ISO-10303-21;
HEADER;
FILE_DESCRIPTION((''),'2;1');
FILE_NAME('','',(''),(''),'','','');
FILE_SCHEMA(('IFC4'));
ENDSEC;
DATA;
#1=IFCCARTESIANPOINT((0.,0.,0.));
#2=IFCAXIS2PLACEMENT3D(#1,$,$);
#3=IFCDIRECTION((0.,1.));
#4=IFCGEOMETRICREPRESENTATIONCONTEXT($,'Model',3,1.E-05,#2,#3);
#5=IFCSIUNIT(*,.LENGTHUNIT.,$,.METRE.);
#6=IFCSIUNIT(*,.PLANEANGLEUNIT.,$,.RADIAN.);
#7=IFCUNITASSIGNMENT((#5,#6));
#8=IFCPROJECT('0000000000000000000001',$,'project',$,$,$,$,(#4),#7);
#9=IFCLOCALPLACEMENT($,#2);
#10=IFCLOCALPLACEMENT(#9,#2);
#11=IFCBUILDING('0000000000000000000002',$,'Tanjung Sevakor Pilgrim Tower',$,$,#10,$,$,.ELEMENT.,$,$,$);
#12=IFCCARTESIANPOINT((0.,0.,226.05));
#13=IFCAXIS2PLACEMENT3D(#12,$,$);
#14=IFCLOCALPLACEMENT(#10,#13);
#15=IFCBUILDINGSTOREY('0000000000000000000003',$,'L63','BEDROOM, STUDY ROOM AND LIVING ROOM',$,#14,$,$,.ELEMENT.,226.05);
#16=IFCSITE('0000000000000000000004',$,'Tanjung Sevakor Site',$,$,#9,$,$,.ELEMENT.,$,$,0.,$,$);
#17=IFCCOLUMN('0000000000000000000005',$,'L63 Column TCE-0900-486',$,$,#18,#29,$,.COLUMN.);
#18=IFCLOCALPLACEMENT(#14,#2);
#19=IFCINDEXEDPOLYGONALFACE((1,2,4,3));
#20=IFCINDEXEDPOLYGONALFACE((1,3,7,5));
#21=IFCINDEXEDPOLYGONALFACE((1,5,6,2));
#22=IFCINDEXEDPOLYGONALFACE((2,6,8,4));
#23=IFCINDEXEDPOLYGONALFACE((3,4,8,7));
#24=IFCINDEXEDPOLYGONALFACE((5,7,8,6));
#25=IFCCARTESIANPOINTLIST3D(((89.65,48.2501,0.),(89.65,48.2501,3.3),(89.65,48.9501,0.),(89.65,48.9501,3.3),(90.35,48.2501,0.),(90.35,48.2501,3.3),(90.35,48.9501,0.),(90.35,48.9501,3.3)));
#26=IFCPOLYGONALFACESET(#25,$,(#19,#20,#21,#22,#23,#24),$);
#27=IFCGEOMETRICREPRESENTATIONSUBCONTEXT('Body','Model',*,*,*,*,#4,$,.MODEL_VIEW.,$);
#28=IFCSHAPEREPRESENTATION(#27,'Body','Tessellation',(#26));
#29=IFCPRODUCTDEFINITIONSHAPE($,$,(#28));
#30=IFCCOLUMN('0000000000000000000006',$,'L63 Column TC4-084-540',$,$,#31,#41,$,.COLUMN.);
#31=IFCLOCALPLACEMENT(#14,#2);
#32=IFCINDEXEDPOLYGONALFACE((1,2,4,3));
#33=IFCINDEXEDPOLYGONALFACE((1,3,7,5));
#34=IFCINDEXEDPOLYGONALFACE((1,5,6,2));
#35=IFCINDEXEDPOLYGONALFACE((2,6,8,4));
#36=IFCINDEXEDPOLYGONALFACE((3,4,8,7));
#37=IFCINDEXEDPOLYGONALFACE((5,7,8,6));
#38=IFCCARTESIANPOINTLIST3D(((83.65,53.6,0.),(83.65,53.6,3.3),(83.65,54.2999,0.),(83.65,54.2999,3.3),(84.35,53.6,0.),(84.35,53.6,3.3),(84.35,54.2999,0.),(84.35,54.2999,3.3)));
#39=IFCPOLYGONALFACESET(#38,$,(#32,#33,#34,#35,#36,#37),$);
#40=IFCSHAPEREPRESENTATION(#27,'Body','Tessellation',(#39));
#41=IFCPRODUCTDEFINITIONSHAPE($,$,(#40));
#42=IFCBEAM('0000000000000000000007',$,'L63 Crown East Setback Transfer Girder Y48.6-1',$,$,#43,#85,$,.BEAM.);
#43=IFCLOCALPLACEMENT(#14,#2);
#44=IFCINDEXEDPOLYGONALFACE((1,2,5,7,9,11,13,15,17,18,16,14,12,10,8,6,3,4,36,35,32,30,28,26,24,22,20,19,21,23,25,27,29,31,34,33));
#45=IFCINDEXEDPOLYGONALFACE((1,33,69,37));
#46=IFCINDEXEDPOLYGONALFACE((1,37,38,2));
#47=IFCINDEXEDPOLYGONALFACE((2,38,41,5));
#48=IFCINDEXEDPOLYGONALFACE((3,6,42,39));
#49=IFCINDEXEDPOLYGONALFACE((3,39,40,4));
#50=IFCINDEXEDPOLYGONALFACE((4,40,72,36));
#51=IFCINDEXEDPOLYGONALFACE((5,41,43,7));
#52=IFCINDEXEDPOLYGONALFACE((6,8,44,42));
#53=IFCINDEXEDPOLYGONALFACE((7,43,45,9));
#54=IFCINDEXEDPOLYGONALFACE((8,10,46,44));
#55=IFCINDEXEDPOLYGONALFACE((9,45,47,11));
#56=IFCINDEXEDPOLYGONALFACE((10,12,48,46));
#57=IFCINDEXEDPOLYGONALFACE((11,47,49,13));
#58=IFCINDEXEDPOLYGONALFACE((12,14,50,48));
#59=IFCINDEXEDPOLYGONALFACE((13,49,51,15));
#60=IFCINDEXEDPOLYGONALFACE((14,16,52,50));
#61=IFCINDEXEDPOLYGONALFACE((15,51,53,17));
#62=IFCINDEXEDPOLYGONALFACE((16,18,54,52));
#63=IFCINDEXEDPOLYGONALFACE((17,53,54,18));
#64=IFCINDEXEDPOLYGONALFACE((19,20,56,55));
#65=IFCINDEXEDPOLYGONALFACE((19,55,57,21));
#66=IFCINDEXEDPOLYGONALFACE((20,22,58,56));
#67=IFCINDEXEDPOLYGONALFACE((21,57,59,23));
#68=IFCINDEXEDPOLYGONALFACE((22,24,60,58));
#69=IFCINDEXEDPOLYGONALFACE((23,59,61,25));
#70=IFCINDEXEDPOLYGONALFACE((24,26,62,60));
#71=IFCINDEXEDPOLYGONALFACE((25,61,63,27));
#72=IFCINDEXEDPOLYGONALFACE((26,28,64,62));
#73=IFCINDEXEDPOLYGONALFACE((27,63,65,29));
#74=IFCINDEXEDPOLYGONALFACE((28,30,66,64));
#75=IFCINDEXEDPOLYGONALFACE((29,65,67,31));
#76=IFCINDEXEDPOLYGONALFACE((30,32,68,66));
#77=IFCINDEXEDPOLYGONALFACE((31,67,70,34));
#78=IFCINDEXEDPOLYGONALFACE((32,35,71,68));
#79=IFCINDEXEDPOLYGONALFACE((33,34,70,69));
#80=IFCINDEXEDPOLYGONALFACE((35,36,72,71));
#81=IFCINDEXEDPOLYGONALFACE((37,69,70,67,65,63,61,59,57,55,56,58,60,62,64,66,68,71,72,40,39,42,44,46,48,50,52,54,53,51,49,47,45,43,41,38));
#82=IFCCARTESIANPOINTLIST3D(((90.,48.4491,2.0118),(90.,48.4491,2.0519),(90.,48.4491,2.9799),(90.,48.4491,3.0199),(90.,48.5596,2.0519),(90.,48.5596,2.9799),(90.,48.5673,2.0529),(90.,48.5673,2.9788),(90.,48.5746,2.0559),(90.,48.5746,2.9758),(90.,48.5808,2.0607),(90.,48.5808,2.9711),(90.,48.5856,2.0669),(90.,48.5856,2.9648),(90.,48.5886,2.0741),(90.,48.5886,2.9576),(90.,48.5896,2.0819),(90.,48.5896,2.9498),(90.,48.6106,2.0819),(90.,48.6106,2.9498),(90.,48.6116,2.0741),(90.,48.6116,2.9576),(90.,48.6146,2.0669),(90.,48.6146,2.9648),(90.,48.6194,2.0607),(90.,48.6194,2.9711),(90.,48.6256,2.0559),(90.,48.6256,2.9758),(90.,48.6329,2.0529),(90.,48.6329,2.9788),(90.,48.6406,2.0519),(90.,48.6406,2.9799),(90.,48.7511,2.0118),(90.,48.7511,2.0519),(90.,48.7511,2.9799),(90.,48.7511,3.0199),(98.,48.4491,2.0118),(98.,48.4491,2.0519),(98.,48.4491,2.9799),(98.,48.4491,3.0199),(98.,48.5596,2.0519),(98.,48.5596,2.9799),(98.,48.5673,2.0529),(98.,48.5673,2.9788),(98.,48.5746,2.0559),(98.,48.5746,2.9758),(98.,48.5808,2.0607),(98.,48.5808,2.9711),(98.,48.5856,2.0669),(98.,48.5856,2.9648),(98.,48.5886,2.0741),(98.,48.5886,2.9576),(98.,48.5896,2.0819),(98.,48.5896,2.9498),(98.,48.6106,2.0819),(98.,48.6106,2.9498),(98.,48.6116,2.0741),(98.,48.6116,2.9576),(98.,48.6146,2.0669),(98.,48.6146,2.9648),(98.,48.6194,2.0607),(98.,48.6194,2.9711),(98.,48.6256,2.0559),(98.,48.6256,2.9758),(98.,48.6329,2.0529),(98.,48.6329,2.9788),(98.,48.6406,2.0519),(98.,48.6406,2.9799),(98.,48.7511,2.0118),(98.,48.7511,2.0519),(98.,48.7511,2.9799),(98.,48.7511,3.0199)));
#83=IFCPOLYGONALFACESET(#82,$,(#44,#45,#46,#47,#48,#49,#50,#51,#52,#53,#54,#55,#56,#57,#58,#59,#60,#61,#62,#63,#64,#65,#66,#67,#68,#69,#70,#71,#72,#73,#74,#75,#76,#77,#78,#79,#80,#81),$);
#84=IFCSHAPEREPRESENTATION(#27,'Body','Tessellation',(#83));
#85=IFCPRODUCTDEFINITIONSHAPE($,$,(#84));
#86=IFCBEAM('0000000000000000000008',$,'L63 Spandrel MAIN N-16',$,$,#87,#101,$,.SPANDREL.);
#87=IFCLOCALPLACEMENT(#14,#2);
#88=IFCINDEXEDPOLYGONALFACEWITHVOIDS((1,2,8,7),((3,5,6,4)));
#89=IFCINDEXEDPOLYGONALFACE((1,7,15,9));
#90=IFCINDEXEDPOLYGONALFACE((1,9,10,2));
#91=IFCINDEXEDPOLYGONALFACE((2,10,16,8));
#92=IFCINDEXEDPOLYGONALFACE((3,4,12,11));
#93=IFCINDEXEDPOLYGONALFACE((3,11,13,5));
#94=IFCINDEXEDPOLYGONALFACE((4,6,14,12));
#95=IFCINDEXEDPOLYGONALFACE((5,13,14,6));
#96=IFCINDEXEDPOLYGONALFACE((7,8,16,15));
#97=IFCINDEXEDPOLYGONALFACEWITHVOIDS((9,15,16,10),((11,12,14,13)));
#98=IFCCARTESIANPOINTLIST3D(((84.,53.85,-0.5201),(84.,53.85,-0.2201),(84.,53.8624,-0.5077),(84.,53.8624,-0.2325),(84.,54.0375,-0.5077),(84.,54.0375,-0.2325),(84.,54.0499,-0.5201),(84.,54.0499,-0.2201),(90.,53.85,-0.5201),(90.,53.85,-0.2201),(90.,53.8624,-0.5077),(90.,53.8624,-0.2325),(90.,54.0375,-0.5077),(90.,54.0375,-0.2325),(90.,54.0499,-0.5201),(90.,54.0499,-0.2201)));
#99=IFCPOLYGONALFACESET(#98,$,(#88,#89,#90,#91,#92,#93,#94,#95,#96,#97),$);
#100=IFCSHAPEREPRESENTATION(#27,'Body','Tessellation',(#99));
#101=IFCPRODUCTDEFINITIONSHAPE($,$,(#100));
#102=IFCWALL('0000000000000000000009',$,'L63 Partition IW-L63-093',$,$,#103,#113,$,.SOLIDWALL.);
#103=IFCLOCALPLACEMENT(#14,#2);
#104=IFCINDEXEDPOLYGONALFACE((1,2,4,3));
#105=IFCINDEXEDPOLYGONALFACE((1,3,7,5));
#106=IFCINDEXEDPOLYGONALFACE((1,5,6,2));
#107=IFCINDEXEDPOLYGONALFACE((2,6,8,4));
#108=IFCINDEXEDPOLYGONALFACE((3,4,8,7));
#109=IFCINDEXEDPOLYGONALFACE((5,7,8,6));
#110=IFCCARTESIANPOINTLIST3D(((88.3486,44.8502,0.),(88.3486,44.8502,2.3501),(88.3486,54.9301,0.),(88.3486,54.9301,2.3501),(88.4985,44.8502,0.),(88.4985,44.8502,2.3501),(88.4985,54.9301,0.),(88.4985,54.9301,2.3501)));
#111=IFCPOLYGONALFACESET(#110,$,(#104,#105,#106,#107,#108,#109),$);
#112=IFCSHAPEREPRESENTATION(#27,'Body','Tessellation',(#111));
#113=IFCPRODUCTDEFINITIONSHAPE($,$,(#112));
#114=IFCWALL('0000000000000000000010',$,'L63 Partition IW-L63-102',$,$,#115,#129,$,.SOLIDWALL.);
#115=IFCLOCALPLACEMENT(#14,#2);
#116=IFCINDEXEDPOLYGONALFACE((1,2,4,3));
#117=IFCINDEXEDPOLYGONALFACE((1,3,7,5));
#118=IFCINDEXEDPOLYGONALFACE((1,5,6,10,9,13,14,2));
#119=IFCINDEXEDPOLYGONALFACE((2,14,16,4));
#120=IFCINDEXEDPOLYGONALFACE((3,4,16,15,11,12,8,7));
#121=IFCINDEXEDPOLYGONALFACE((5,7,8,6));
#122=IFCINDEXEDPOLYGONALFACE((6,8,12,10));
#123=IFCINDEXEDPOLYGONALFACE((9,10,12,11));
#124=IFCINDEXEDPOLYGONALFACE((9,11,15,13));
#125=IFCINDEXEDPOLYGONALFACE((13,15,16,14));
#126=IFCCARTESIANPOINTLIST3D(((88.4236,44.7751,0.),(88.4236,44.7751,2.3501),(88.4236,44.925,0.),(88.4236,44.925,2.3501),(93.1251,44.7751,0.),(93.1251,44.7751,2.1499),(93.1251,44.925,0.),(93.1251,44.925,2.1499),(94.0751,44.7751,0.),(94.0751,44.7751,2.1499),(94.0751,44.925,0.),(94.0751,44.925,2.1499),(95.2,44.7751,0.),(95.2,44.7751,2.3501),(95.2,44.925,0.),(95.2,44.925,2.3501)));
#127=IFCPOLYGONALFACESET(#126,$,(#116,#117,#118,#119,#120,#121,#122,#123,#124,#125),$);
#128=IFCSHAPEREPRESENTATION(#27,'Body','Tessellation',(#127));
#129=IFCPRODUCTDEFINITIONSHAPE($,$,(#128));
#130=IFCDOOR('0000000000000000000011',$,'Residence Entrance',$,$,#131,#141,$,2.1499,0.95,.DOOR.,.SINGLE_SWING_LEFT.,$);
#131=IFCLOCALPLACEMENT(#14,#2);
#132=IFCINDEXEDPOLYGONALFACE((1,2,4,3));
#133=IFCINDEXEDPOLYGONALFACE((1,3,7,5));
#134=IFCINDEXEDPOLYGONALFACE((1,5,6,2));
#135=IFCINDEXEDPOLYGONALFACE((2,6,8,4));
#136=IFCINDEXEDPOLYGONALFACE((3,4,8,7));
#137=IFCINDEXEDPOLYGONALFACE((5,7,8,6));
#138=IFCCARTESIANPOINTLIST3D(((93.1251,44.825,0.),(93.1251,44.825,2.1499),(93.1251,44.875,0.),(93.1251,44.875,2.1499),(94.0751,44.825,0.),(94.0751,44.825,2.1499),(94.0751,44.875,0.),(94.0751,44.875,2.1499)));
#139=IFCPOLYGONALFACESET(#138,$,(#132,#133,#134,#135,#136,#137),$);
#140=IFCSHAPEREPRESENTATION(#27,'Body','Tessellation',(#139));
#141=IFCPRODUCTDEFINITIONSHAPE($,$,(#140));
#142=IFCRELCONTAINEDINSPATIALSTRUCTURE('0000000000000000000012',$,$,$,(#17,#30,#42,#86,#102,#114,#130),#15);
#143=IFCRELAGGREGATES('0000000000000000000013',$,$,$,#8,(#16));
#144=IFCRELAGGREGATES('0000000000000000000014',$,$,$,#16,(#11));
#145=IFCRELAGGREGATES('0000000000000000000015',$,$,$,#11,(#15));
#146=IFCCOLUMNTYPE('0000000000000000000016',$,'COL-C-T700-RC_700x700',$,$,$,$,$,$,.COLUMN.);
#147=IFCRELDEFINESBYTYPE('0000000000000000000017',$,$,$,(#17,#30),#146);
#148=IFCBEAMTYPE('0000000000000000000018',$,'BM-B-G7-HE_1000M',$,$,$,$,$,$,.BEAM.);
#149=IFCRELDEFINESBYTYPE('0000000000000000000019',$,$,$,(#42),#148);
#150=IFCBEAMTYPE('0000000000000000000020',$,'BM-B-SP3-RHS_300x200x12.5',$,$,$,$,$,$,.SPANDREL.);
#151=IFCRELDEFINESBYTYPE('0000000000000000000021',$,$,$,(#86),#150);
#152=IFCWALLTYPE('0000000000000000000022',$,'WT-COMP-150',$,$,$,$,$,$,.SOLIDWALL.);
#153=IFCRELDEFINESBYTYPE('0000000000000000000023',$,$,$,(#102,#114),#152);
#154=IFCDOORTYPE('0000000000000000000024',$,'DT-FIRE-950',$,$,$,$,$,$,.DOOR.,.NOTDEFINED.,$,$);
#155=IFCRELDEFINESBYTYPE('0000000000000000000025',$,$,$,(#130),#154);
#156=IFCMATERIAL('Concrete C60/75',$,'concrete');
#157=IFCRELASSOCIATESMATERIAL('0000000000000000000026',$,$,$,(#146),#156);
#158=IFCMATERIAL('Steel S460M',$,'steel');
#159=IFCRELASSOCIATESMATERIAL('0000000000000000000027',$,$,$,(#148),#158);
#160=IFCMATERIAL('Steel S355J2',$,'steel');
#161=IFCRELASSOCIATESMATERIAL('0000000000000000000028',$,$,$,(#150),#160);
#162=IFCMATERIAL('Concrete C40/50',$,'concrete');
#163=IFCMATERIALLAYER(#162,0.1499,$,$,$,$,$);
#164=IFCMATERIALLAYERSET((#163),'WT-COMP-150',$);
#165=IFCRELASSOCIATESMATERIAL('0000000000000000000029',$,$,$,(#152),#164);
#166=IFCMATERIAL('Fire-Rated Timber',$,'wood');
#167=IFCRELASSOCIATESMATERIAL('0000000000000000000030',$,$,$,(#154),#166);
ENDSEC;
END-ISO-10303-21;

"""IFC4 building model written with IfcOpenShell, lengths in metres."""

from ifc_helpers import new_model, si_unit, direction, frame, frame_2d, origin, origin_2d, place, context, subcontext, project, spatial, rectangle, hollow_rectangle, i_section, extrude, material, layer, layer_set, material_profile, profile_set, type_object, element, fill, save


model = new_model("IFC4")

# Units and contexts
model_context = context("Model", 3, precision=1e-05, world=origin(), true_north=direction((0.0, 1.0)))
body_context = subcontext(model_context, "Body", "Model", "MODEL_VIEW")
ifc_project = project(units=[si_unit("LENGTHUNIT", "METRE"), si_unit("PLANEANGLEUNIT", "RADIAN")], contexts=[model_context])

# Site, building, storey
site_placement = place(None, origin())
site = spatial("IfcSite", under=ifc_project, at=site_placement, Name="Tanjung Sevakor Site", CompositionType="ELEMENT", RefElevation=0.0)
building_placement = place(site_placement, origin())
building = spatial("IfcBuilding", under=site, at=building_placement, Name="Tanjung Sevakor Pilgrim Tower", CompositionType="ELEMENT")
storey_placement = place(building_placement, frame((0.0, 0.0, 226.05)))
storey = spatial("IfcBuildingStorey", under=building, at=storey_placement, Name="L63", Description="BEDROOM, STUDY ROOM AND LIVING ROOM", CompositionType="ELEMENT", Elevation=226.05)

# Columns
ifc_material_1 = material(Name="Concrete C60/75", Category="concrete")
ifc_material_profile_1 = material_profile(ifc_material_1, rectangle(XDim=0.7, YDim=0.7, at=origin_2d()))
ifc_profile_set_1 = profile_set([ifc_material_profile_1], Name="Concrete C60/75")
column_type = type_object("IfcColumnType", Name="COL-C-T700-RC_700x700", PredefinedType="COLUMN", material=ifc_profile_set_1)
for number, where, z_axis, x_axis, name in (
    (1, (90.0, 48.6001, 0.0), (0.0, 0.0, 1.0), (1.0, 0.0, 0.0), "L63 Column TCE-0900-486"),
    (2, (84.0, 53.95, 0.0), (0.0, 0.0, 1.0), (1.0, 0.0, 0.0), "L63 Column TC4-084-540"),
):
    element("IfcColumn", number, at=place(storey_placement, frame(where, z_axis=z_axis, x_axis=x_axis)), inside=storey, type_object=column_type, Name=name, PredefinedType="COLUMN", context=body_context, shape_type="SweptSolid", body=[
        extrude(rectangle(XDim=0.7, YDim=0.7, at=origin_2d()), origin(), (0.0, 0.0, 1.0), 3.3),
    ])

# Beams
ifc_material_2 = material(Name="Steel S460M", Category="steel")
ifc_material_profile_2 = material_profile(ifc_material_2, i_section(OverallWidth=0.302, OverallDepth=1.0081, WebThickness=0.021, FlangeThickness=0.04, FilletRadius=0.03, at=origin_2d()))
ifc_profile_set_2 = profile_set([ifc_material_profile_2], Name="Steel S460M")
beam_type_1 = type_object("IfcBeamType", Name="BM-B-G7-HE_1000M", PredefinedType="BEAM", material=ifc_profile_set_2)
beam_1_placement = place(storey_placement, frame((90.0, 48.6001, 2.5159), z_axis=(1.0, 0.0, 0.0), x_axis=(0.0, 1.0, 0.0)))
element("IfcBeam", 3, at=beam_1_placement, inside=storey, type_object=beam_type_1, Name="L63 Crown East Setback Transfer Girder Y48.6-1", PredefinedType="BEAM", context=body_context, shape_type="SweptSolid", body=[
    extrude(i_section(OverallWidth=0.302, OverallDepth=1.0081, WebThickness=0.021, FlangeThickness=0.04, FilletRadius=0.03, at=origin_2d()), origin(), (0.0, 0.0, 1.0), 8.0),
])
ifc_material_3 = material(Name="Steel S355J2", Category="steel")
ifc_material_profile_3 = material_profile(ifc_material_3, hollow_rectangle(XDim=0.2, YDim=0.3, WallThickness=0.0125, at=origin_2d()))
ifc_profile_set_3 = profile_set([ifc_material_profile_3], Name="Steel S355J2")
beam_type_2 = type_object("IfcBeamType", Name="BM-B-SP3-RHS_300x200x12.5", PredefinedType="SPANDREL", material=ifc_profile_set_3)
beam_2_placement = place(storey_placement, frame((84.0, 53.95, -0.3701), z_axis=(1.0, 0.0, 0.0), x_axis=(0.0, 1.0, 0.0)))
element("IfcBeam", 4, at=beam_2_placement, inside=storey, type_object=beam_type_2, Name="L63 Spandrel MAIN N-16", PredefinedType="SPANDREL", context=body_context, shape_type="SweptSolid", body=[
    extrude(hollow_rectangle(XDim=0.2, YDim=0.3, WallThickness=0.0125, at=origin_2d()), origin(), (0.0, 0.0, 1.0), 6.0),
])

# Wall
ifc_material_4 = material(Name="Concrete C40/50", Category="concrete")
ifc_layer_1 = layer(ifc_material_4, 0.1499)
ifc_layer_set_1 = layer_set([ifc_layer_1], Name="WT-COMP-150")
wall_type_1 = type_object("IfcWallType", Name="WT-COMP-150", PredefinedType="SOLIDWALL", material=ifc_layer_set_1)
wall_1_placement = place(storey_placement, frame((88.4236, 44.8501, 0.0), z_axis=(0.0, 0.0, 1.0), x_axis=(0.0, 1.0, 0.0)))
element("IfcWall", 5, at=wall_1_placement, inside=storey, type_object=wall_type_1, Name="L63 Partition IW-L63-093", PredefinedType="SOLIDWALL", context=body_context, shape_type="SweptSolid", body=[
    extrude(rectangle(XDim=10.0798, YDim=0.1499, at=frame_2d((5.04, 0.0))), origin(), (0.0, 0.0, 1.0), 2.3501),
])

# Wall, opening, door
wall_2_placement = place(storey_placement, frame((88.4236, 44.8501, 0.0), z_axis=(0.0, 0.0, 1.0), x_axis=(1.0, 0.0, 0.0)))
wall_2 = element("IfcWall", 6, at=wall_2_placement, inside=storey, type_object=wall_type_1, Name="L63 Partition IW-L63-102", PredefinedType="SOLIDWALL", context=body_context, shape_type="SweptSolid", body=[
    extrude(rectangle(XDim=6.7764, YDim=0.1499, at=frame_2d((3.3882, 0.0))), origin(), (0.0, 0.0, 1.0), 2.3501),
])
opening_1_placement = place(wall_2_placement, frame((4.7014, 0.0, 0.0)))
opening_1 = element("IfcOpeningElement", 7, at=opening_1_placement, cuts=wall_2, PredefinedType="OPENING", context=body_context, shape_type="SweptSolid", body=[
    extrude(rectangle(XDim=0.95, YDim=2.1499, at=frame_2d((0.4751, 1.075))), frame((0.0, 0.085, 0.0), z_axis=(0.0, -1.0, 0.0), x_axis=(1.0, 0.0, 0.0)), (0.0, 0.0, 1.0), 0.1699),
])
ifc_material_5 = material(Name="Fire-Rated Timber", Category="wood")
door_type_1 = type_object("IfcDoorType", Name="DT-FIRE-950", OperationType="NOTDEFINED", PredefinedType="DOOR", material=ifc_material_5)
door_1_placement = place(opening_1_placement, origin())
door_1 = element("IfcDoor", 8, at=door_1_placement, inside=storey, type_object=door_type_1, Name="Residence Entrance", OperationType="SINGLE_SWING_LEFT", OverallHeight=2.1499, OverallWidth=0.95, PredefinedType="DOOR", context=body_context, shape_type="SweptSolid", body=[
    extrude(rectangle(XDim=0.95, YDim=2.1499, at=frame_2d((0.4751, 1.075))), frame((0.0, 0.0249, 0.0), z_axis=(0.0, -1.0, 0.0), x_axis=(1.0, 0.0, 0.0)), (0.0, 0.0, 1.0), 0.05),
])
fill(opening_1, door_1)

save(model, "model.ifc")
